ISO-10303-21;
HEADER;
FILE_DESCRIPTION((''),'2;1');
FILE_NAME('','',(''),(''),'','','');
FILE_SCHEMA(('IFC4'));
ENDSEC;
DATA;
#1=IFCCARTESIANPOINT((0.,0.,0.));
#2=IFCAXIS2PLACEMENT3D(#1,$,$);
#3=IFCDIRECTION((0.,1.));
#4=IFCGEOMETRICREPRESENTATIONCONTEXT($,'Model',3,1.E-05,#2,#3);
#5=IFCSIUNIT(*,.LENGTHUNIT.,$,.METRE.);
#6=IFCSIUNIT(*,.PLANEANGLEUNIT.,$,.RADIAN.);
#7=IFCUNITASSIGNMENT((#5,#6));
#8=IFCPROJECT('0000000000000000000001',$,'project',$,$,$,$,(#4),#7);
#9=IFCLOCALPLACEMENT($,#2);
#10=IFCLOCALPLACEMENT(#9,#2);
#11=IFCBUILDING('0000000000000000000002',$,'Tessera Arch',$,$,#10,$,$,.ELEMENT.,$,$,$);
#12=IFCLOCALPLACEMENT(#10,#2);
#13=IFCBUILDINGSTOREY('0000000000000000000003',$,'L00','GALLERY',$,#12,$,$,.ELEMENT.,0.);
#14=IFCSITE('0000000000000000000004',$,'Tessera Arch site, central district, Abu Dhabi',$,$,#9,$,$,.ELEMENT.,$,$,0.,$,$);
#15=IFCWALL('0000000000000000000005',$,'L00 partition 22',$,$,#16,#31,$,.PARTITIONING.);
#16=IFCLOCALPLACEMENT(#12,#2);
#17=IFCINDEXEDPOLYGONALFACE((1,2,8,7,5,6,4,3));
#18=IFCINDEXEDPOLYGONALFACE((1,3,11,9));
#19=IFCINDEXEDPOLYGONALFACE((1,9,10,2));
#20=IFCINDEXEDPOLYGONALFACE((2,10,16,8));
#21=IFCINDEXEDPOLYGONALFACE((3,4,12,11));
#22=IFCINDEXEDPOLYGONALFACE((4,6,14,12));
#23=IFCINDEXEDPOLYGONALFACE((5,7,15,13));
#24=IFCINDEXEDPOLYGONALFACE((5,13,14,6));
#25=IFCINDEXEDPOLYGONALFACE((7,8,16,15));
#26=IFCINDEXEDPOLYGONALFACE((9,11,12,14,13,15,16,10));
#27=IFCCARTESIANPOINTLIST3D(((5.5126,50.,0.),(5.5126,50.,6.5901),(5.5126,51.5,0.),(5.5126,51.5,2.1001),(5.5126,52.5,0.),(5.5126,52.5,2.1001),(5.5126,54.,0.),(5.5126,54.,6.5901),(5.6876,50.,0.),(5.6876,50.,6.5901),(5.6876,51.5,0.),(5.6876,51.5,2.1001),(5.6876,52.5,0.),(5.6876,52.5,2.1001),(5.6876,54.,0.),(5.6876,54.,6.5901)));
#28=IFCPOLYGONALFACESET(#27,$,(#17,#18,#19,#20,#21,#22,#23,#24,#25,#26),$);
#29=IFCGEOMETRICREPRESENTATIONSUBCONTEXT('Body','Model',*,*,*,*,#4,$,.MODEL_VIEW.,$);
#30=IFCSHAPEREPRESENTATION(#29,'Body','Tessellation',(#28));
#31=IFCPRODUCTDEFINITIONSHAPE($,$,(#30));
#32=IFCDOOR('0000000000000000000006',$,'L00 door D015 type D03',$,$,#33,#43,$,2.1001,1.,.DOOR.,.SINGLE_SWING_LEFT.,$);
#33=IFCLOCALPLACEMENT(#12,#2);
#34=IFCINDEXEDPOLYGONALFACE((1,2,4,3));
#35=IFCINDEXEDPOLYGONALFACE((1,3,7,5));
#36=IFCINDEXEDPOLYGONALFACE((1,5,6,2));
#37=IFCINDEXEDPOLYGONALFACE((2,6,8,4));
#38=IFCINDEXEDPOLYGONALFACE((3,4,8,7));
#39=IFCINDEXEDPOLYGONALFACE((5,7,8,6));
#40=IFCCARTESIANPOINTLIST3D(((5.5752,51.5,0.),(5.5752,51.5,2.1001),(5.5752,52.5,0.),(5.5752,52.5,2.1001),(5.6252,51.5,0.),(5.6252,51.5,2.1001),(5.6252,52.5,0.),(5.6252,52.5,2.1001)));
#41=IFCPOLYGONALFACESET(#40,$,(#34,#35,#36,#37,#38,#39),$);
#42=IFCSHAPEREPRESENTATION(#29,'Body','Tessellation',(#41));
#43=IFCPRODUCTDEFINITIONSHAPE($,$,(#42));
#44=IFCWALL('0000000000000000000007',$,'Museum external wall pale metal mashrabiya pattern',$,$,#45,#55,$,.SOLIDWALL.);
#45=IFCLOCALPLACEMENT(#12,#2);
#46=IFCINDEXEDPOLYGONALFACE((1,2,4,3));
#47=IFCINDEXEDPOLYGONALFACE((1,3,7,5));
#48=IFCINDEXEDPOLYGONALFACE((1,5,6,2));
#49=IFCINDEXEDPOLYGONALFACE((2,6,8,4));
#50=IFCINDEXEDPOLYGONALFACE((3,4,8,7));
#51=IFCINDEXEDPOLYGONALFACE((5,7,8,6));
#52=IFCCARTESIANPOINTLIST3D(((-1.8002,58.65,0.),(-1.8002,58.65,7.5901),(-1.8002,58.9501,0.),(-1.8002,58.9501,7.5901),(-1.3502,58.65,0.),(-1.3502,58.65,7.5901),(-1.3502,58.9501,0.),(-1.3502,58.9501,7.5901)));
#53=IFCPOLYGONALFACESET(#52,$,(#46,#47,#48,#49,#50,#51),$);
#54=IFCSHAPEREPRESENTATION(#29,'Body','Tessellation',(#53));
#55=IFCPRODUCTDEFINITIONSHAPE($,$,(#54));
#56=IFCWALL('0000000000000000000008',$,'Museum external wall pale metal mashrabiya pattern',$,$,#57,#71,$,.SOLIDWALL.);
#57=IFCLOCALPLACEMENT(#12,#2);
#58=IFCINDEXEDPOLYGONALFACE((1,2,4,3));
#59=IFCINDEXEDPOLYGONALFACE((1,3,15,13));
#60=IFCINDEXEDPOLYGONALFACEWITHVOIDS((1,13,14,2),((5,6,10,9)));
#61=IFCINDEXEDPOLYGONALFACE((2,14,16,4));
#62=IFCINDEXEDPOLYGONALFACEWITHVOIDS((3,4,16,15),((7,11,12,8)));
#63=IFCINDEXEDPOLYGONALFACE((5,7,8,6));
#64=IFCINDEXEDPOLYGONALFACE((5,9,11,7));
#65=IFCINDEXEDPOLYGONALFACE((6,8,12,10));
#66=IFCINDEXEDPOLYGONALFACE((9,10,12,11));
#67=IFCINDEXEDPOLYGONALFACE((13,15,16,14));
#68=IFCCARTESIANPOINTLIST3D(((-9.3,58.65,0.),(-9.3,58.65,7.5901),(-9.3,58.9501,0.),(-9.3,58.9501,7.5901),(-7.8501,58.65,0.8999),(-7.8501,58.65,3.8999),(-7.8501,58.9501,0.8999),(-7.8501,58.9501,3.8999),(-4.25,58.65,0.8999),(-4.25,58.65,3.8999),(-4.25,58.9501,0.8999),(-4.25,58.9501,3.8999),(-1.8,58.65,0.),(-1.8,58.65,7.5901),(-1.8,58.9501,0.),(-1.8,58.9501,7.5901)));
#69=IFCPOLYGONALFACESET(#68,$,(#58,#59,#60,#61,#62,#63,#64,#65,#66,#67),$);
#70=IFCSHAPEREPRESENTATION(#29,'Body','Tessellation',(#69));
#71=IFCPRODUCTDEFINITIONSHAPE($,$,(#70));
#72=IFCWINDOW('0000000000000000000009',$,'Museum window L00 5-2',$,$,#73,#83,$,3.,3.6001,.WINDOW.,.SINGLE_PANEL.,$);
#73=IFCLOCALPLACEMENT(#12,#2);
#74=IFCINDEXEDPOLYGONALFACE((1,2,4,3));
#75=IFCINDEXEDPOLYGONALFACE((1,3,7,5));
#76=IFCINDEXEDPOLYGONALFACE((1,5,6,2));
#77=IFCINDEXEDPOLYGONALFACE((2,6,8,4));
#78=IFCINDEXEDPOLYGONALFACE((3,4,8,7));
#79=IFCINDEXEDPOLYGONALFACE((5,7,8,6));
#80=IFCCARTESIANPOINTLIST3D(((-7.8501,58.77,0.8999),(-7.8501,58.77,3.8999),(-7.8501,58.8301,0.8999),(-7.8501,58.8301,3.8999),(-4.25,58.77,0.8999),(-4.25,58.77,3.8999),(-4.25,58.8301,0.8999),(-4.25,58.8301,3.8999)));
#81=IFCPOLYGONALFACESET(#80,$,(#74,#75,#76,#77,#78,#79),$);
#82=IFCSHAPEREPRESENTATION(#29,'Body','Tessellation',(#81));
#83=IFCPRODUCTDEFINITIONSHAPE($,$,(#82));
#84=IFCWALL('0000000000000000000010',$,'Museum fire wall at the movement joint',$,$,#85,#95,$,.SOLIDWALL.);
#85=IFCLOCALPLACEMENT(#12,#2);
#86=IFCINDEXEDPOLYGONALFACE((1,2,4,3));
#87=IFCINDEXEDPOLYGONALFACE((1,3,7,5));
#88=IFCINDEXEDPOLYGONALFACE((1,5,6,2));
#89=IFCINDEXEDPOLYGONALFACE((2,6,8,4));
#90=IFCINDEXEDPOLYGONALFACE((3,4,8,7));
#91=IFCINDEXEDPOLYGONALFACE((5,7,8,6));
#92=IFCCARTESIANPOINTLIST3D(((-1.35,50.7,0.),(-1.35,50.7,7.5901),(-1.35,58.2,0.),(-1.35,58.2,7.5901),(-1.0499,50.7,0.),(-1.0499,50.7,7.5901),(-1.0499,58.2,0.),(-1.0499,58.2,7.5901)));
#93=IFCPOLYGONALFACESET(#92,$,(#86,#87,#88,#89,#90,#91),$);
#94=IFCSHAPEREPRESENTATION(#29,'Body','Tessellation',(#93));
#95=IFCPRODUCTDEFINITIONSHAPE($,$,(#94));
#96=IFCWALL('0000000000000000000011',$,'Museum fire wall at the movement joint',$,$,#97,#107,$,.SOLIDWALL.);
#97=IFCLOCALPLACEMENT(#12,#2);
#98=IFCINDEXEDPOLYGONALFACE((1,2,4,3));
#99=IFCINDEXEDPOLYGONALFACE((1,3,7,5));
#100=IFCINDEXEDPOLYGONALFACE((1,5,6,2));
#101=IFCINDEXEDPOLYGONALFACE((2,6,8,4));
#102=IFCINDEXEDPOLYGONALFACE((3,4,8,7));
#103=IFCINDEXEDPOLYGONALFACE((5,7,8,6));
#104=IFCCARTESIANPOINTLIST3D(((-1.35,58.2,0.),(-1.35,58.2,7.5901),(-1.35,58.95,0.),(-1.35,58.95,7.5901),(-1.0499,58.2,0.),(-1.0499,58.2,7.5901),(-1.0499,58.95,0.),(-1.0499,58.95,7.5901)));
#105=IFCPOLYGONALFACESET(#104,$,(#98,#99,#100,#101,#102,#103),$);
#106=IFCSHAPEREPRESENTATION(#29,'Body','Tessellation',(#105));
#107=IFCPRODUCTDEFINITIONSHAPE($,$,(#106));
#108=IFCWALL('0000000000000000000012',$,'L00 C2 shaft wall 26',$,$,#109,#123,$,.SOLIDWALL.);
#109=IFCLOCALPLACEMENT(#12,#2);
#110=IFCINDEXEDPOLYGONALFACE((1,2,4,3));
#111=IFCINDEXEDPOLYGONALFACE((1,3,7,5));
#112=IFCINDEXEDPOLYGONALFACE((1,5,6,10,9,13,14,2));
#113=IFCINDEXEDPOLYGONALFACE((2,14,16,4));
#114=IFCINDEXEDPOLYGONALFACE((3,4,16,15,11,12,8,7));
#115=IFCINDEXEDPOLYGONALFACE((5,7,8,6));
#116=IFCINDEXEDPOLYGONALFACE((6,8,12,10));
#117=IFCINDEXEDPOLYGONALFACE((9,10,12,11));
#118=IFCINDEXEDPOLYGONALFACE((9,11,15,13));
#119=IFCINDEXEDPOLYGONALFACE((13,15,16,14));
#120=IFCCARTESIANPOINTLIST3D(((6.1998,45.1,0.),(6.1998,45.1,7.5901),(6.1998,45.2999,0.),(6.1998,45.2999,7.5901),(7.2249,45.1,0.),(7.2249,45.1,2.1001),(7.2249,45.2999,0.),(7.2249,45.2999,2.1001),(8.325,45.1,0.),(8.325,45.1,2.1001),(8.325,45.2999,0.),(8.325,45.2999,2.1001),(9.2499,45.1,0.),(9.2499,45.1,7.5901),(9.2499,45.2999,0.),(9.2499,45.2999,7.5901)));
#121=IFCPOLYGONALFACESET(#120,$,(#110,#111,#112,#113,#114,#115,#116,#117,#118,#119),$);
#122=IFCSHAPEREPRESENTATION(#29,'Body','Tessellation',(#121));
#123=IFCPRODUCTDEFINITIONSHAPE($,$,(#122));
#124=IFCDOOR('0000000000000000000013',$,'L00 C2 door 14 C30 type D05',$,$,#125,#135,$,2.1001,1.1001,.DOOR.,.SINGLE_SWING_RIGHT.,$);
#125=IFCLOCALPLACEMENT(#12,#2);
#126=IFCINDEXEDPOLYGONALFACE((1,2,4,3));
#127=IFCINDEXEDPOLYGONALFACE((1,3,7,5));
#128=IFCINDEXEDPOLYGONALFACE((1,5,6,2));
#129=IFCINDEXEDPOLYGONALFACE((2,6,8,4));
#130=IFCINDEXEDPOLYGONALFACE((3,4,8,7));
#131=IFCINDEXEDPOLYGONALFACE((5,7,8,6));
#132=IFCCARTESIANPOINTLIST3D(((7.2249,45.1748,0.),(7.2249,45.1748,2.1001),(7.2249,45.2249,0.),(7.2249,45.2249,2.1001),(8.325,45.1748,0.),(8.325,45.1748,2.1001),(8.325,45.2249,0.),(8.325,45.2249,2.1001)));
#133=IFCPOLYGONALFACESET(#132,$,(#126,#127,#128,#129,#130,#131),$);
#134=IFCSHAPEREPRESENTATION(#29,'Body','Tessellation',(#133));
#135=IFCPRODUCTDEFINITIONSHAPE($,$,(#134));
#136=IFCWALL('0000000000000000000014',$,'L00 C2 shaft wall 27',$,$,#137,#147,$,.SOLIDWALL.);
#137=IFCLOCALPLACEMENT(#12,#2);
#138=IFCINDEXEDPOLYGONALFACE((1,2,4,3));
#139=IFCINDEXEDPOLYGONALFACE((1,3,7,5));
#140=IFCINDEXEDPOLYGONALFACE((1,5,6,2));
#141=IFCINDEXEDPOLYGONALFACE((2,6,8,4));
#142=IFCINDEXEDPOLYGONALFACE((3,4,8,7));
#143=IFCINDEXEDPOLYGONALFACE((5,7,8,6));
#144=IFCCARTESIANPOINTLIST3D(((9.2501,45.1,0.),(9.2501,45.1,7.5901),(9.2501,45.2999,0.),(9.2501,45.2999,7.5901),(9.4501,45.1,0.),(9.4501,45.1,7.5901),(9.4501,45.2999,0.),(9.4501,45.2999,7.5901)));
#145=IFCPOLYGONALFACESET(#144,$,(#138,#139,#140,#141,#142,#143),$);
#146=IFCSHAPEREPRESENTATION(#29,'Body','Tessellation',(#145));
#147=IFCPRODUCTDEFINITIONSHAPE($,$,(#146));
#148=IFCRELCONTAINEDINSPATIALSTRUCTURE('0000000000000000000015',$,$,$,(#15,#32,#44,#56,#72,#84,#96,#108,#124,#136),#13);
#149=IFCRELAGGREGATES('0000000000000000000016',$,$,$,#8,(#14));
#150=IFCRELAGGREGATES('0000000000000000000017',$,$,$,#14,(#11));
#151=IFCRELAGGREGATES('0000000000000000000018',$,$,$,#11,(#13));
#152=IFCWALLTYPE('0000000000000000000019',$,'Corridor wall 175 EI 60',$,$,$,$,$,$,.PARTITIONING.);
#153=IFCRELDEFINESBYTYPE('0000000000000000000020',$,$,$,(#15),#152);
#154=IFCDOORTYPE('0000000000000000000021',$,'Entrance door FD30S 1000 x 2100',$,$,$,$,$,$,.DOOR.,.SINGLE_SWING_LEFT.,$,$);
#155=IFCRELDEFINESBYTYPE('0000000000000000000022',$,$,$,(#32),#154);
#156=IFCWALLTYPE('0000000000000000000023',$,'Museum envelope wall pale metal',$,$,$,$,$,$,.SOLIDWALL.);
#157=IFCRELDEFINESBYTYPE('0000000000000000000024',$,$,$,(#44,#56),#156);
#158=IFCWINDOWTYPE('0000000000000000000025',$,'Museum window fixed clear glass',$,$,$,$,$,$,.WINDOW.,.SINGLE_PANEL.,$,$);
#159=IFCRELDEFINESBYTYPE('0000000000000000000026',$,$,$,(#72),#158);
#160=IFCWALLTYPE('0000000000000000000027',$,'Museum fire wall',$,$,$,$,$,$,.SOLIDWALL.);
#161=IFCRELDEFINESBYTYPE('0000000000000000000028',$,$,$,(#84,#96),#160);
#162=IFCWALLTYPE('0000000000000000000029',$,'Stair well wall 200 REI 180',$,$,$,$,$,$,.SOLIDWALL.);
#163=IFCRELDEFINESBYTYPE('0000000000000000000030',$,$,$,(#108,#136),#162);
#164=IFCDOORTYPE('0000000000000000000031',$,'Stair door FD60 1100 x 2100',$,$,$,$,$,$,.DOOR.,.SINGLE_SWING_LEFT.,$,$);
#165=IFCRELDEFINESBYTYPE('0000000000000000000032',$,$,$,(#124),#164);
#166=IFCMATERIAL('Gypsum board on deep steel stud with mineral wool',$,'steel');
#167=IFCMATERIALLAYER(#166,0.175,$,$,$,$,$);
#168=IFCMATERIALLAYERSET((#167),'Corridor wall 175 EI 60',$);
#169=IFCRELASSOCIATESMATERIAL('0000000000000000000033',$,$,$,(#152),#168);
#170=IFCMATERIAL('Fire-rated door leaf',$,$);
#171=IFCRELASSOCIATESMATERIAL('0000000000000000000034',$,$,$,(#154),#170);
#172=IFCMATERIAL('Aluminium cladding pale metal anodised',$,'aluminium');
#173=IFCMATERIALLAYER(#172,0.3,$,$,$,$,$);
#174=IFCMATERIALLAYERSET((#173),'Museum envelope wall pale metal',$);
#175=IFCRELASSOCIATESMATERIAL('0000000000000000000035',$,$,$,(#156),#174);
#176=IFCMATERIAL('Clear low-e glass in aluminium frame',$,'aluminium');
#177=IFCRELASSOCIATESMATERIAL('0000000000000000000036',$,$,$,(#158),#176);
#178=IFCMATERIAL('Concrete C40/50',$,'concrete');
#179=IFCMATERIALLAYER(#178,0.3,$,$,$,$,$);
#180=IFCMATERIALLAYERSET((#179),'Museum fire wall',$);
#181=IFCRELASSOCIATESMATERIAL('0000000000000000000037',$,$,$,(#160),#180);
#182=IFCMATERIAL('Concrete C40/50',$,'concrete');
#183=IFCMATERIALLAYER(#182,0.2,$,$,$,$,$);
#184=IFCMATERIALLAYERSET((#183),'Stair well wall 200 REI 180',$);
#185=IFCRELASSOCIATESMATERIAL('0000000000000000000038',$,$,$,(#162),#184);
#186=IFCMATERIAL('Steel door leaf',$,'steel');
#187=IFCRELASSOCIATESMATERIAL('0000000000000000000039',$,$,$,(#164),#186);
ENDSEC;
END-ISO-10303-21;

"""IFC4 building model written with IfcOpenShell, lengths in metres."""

from ifc_helpers import new_model, si_unit, direction, frame, frame_2d, origin, place, context, subcontext, project, spatial, rectangle, extrude, material, layer, layer_set, type_object, element, fill, save


model = new_model("IFC4")

# Units and contexts
model_context = context("Model", 3, precision=1e-05, world=origin(), true_north=direction((0.0, 1.0)))
body_context = subcontext(model_context, "Body", "Model", "MODEL_VIEW")
ifc_project = project(units=[si_unit("LENGTHUNIT", "METRE"), si_unit("PLANEANGLEUNIT", "RADIAN")], contexts=[model_context])

# Site, building, storey
site_placement = place(None, origin())
site = spatial("IfcSite", under=ifc_project, at=site_placement, Name="Tessera Arch site, central district, Abu Dhabi", CompositionType="ELEMENT", RefElevation=0.0)
building_placement = place(site_placement, origin())
building = spatial("IfcBuilding", under=site, at=building_placement, Name="Tessera Arch", CompositionType="ELEMENT")
storey_placement = place(building_placement, origin())
storey = spatial("IfcBuildingStorey", under=building, at=storey_placement, Name="L00", Description="GALLERY", CompositionType="ELEMENT", Elevation=0.0)

# Wall, opening, door
ifc_material_1 = material(Name="Gypsum board on deep steel stud with mineral wool", Category="steel")
ifc_layer_1 = layer(ifc_material_1, 0.175)
ifc_layer_set_1 = layer_set([ifc_layer_1], Name="Corridor wall 175 EI 60")
wall_type_1 = type_object("IfcWallType", Name="Corridor wall 175 EI 60", PredefinedType="PARTITIONING", material=ifc_layer_set_1)
wall_1_placement = place(storey_placement, frame((5.6001, 50.0, 0.0), z_axis=(0.0, 0.0, 1.0), x_axis=(0.0, 1.0, 0.0)))
wall_1 = element("IfcWall", 1, at=wall_1_placement, inside=storey, type_object=wall_type_1, Name="L00 partition 22", PredefinedType="PARTITIONING", context=body_context, shape_type="SweptSolid", body=[
    extrude(rectangle(XDim=4.0, YDim=0.175, at=frame_2d((2.0, 0.0))), origin(), (0.0, 0.0, 1.0), 6.5901),
])
opening_1_placement = place(wall_1_placement, frame((1.5, 0.0, 0.0)))
opening_1 = element("IfcOpeningElement", 2, at=opening_1_placement, cuts=wall_1, PredefinedType="OPENING", context=body_context, shape_type="SweptSolid", body=[
    extrude(rectangle(XDim=1.0, YDim=2.1001, at=frame_2d((0.5, 1.05))), frame((0.0, 0.0974, 0.0), z_axis=(0.0, -1.0, 0.0), x_axis=(1.0, 0.0, 0.0)), (0.0, 0.0, 1.0), 0.1951),
])
ifc_material_2 = material(Name="Fire-rated door leaf")
door_type_1 = type_object("IfcDoorType", Name="Entrance door FD30S 1000 x 2100", OperationType="SINGLE_SWING_LEFT", PredefinedType="DOOR", material=ifc_material_2)
door_1_placement = place(opening_1_placement, origin())
door_1 = element("IfcDoor", 3, at=door_1_placement, inside=storey, type_object=door_type_1, Name="L00 door D015 type D03", OperationType="SINGLE_SWING_LEFT", OverallHeight=2.1001, OverallWidth=1.0, PredefinedType="DOOR", context=body_context, shape_type="SweptSolid", body=[
    extrude(rectangle(XDim=1.0, YDim=2.1001, at=frame_2d((0.5, 1.05))), frame((0.0, 0.0249, 0.0), z_axis=(0.0, -1.0, 0.0), x_axis=(1.0, 0.0, 0.0)), (0.0, 0.0, 1.0), 0.05),
])
fill(opening_1, door_1)

# Wall
ifc_material_3 = material(Name="Aluminium cladding pale metal anodised", Category="aluminium")
ifc_layer_2 = layer(ifc_material_3, 0.3)
ifc_layer_set_2 = layer_set([ifc_layer_2], Name="Museum envelope wall pale metal")
wall_type_2 = type_object("IfcWallType", Name="Museum envelope wall pale metal", PredefinedType="SOLIDWALL", material=ifc_layer_set_2)
wall_2_placement = place(storey_placement, frame((-1.3501, 58.8, 0.0), z_axis=(0.0, 0.0, 1.0), x_axis=(-1.0, 0.0, 0.0)))
element("IfcWall", 4, at=wall_2_placement, inside=storey, type_object=wall_type_2, Name="Museum external wall pale metal mashrabiya pattern", PredefinedType="SOLIDWALL", context=body_context, shape_type="SweptSolid", body=[
    extrude(rectangle(XDim=0.45, YDim=0.3, at=frame_2d((0.2251, 0.0))), origin(), (0.0, 0.0, 1.0), 7.5901),
])

# Wall, opening, window
wall_3_placement = place(storey_placement, frame((-1.8, 58.8, 0.0), z_axis=(0.0, 0.0, 1.0), x_axis=(-1.0, 0.0, 0.0)))
wall_3 = element("IfcWall", 5, at=wall_3_placement, inside=storey, type_object=wall_type_2, Name="Museum external wall pale metal mashrabiya pattern", PredefinedType="SOLIDWALL", context=body_context, shape_type="SweptSolid", body=[
    extrude(rectangle(XDim=7.5, YDim=0.3, at=frame_2d((3.75, 0.0))), origin(), (0.0, 0.0, 1.0), 7.5901),
])
opening_2_placement = place(wall_3_placement, frame((2.45, 0.0, 0.8999)))
opening_2 = element("IfcOpeningElement", 6, at=opening_2_placement, cuts=wall_3, PredefinedType="OPENING", context=body_context, shape_type="SweptSolid", body=[
    extrude(rectangle(XDim=3.6001, YDim=3.0, at=frame_2d((1.8, 1.5))), frame((0.0, 0.1599, 0.0), z_axis=(0.0, -1.0, 0.0), x_axis=(1.0, 0.0, 0.0)), (0.0, 0.0, 1.0), 0.3201),
])
ifc_material_4 = material(Name="Clear low-e glass in aluminium frame", Category="aluminium")
window_type = type_object("IfcWindowType", Name="Museum window fixed clear glass", PartitioningType="SINGLE_PANEL", PredefinedType="WINDOW", material=ifc_material_4)
window_placement = place(opening_2_placement, origin())
window = element("IfcWindow", 7, at=window_placement, inside=storey, type_object=window_type, Name="Museum window L00 5-2", OverallHeight=3.0, OverallWidth=3.6001, PartitioningType="SINGLE_PANEL", PredefinedType="WINDOW", context=body_context, shape_type="SweptSolid", body=[
    extrude(rectangle(XDim=3.6001, YDim=3.0, at=frame_2d((1.8, 1.5))), frame((0.0, 0.03, 0.0), z_axis=(0.0, -1.0, 0.0), x_axis=(1.0, 0.0, 0.0)), (0.0, 0.0, 1.0), 0.0601),
])
fill(opening_2, window)

# Walls
ifc_material_5 = material(Name="Concrete C40/50", Category="concrete")
ifc_layer_3 = layer(ifc_material_5, 0.3)
ifc_layer_set_3 = layer_set([ifc_layer_3], Name="Museum fire wall")
wall_type_3 = type_object("IfcWallType", Name="Museum fire wall", PredefinedType="SOLIDWALL", material=ifc_layer_set_3)
wall_4_placement = place(storey_placement, frame((-1.2, 50.7, 0.0), z_axis=(0.0, 0.0, 1.0), x_axis=(0.0, 1.0, 0.0)))
element("IfcWall", 8, at=wall_4_placement, inside=storey, type_object=wall_type_3, Name="Museum fire wall at the movement joint", PredefinedType="SOLIDWALL", context=body_context, shape_type="SweptSolid", body=[
    extrude(rectangle(XDim=7.5, YDim=0.3, at=frame_2d((3.75, 0.0))), origin(), (0.0, 0.0, 1.0), 7.5901),
])
wall_5_placement = place(storey_placement, frame((-1.2, 58.2, 0.0), z_axis=(0.0, 0.0, 1.0), x_axis=(0.0, 1.0, 0.0)))
element("IfcWall", 9, at=wall_5_placement, inside=storey, type_object=wall_type_3, Name="Museum fire wall at the movement joint", PredefinedType="SOLIDWALL", context=body_context, shape_type="SweptSolid", body=[
    extrude(rectangle(XDim=0.75, YDim=0.3, at=frame_2d((0.375, 0.0))), origin(), (0.0, 0.0, 1.0), 7.5901),
])

# Wall, opening, door
ifc_material_6 = material(Name="Concrete C40/50", Category="concrete")
ifc_layer_4 = layer(ifc_material_6, 0.2)
ifc_layer_set_4 = layer_set([ifc_layer_4], Name="Stair well wall 200 REI 180")
wall_type_4 = type_object("IfcWallType", Name="Stair well wall 200 REI 180", PredefinedType="SOLIDWALL", material=ifc_layer_set_4)
wall_6_placement = place(storey_placement, frame((6.2, 45.2, 0.0), z_axis=(0.0, 0.0, 1.0), x_axis=(1.0, 0.0, 0.0)))
wall_6 = element("IfcWall", 10, at=wall_6_placement, inside=storey, type_object=wall_type_4, Name="L00 C2 shaft wall 26", PredefinedType="SOLIDWALL", context=body_context, shape_type="SweptSolid", body=[
    extrude(rectangle(XDim=3.05, YDim=0.2, at=frame_2d((1.5249, 0.0))), origin(), (0.0, 0.0, 1.0), 7.5901),
])
opening_3_placement = place(wall_6_placement, frame((1.0249, 0.0, 0.0)))
opening_3 = element("IfcOpeningElement", 11, at=opening_3_placement, cuts=wall_6, PredefinedType="OPENING", context=body_context, shape_type="SweptSolid", body=[
    extrude(rectangle(XDim=1.1001, YDim=2.1001, at=frame_2d((0.55, 1.05))), frame((0.0, 0.1099, 0.0), z_axis=(0.0, -1.0, 0.0), x_axis=(1.0, 0.0, 0.0)), (0.0, 0.0, 1.0), 0.22),
])
ifc_material_7 = material(Name="Steel door leaf", Category="steel")
door_type_2 = type_object("IfcDoorType", Name="Stair door FD60 1100 x 2100", OperationType="SINGLE_SWING_LEFT", PredefinedType="DOOR", material=ifc_material_7)
door_2_placement = place(opening_3_placement, origin())
door_2 = element("IfcDoor", 12, at=door_2_placement, inside=storey, type_object=door_type_2, Name="L00 C2 door 14 C30 type D05", OperationType="SINGLE_SWING_RIGHT", OverallHeight=2.1001, OverallWidth=1.1001, PredefinedType="DOOR", context=body_context, shape_type="SweptSolid", body=[
    extrude(rectangle(XDim=1.1001, YDim=2.1001, at=frame_2d((0.55, 1.05))), frame((0.0, 0.0249, 0.0), z_axis=(0.0, -1.0, 0.0), x_axis=(1.0, 0.0, 0.0)), (0.0, 0.0, 1.0), 0.05),
])
fill(opening_3, door_2)

# Wall
wall_7_placement = place(storey_placement, frame((9.25, 45.2, 0.0), z_axis=(0.0, 0.0, 1.0), x_axis=(1.0, 0.0, 0.0)))
element("IfcWall", 13, at=wall_7_placement, inside=storey, type_object=wall_type_4, Name="L00 C2 shaft wall 27", PredefinedType="SOLIDWALL", context=body_context, shape_type="SweptSolid", body=[
    extrude(rectangle(XDim=0.2, YDim=0.2, at=frame_2d((0.1001, 0.0))), origin(), (0.0, 0.0, 1.0), 7.5901),
])

save(model, "model.ifc")
